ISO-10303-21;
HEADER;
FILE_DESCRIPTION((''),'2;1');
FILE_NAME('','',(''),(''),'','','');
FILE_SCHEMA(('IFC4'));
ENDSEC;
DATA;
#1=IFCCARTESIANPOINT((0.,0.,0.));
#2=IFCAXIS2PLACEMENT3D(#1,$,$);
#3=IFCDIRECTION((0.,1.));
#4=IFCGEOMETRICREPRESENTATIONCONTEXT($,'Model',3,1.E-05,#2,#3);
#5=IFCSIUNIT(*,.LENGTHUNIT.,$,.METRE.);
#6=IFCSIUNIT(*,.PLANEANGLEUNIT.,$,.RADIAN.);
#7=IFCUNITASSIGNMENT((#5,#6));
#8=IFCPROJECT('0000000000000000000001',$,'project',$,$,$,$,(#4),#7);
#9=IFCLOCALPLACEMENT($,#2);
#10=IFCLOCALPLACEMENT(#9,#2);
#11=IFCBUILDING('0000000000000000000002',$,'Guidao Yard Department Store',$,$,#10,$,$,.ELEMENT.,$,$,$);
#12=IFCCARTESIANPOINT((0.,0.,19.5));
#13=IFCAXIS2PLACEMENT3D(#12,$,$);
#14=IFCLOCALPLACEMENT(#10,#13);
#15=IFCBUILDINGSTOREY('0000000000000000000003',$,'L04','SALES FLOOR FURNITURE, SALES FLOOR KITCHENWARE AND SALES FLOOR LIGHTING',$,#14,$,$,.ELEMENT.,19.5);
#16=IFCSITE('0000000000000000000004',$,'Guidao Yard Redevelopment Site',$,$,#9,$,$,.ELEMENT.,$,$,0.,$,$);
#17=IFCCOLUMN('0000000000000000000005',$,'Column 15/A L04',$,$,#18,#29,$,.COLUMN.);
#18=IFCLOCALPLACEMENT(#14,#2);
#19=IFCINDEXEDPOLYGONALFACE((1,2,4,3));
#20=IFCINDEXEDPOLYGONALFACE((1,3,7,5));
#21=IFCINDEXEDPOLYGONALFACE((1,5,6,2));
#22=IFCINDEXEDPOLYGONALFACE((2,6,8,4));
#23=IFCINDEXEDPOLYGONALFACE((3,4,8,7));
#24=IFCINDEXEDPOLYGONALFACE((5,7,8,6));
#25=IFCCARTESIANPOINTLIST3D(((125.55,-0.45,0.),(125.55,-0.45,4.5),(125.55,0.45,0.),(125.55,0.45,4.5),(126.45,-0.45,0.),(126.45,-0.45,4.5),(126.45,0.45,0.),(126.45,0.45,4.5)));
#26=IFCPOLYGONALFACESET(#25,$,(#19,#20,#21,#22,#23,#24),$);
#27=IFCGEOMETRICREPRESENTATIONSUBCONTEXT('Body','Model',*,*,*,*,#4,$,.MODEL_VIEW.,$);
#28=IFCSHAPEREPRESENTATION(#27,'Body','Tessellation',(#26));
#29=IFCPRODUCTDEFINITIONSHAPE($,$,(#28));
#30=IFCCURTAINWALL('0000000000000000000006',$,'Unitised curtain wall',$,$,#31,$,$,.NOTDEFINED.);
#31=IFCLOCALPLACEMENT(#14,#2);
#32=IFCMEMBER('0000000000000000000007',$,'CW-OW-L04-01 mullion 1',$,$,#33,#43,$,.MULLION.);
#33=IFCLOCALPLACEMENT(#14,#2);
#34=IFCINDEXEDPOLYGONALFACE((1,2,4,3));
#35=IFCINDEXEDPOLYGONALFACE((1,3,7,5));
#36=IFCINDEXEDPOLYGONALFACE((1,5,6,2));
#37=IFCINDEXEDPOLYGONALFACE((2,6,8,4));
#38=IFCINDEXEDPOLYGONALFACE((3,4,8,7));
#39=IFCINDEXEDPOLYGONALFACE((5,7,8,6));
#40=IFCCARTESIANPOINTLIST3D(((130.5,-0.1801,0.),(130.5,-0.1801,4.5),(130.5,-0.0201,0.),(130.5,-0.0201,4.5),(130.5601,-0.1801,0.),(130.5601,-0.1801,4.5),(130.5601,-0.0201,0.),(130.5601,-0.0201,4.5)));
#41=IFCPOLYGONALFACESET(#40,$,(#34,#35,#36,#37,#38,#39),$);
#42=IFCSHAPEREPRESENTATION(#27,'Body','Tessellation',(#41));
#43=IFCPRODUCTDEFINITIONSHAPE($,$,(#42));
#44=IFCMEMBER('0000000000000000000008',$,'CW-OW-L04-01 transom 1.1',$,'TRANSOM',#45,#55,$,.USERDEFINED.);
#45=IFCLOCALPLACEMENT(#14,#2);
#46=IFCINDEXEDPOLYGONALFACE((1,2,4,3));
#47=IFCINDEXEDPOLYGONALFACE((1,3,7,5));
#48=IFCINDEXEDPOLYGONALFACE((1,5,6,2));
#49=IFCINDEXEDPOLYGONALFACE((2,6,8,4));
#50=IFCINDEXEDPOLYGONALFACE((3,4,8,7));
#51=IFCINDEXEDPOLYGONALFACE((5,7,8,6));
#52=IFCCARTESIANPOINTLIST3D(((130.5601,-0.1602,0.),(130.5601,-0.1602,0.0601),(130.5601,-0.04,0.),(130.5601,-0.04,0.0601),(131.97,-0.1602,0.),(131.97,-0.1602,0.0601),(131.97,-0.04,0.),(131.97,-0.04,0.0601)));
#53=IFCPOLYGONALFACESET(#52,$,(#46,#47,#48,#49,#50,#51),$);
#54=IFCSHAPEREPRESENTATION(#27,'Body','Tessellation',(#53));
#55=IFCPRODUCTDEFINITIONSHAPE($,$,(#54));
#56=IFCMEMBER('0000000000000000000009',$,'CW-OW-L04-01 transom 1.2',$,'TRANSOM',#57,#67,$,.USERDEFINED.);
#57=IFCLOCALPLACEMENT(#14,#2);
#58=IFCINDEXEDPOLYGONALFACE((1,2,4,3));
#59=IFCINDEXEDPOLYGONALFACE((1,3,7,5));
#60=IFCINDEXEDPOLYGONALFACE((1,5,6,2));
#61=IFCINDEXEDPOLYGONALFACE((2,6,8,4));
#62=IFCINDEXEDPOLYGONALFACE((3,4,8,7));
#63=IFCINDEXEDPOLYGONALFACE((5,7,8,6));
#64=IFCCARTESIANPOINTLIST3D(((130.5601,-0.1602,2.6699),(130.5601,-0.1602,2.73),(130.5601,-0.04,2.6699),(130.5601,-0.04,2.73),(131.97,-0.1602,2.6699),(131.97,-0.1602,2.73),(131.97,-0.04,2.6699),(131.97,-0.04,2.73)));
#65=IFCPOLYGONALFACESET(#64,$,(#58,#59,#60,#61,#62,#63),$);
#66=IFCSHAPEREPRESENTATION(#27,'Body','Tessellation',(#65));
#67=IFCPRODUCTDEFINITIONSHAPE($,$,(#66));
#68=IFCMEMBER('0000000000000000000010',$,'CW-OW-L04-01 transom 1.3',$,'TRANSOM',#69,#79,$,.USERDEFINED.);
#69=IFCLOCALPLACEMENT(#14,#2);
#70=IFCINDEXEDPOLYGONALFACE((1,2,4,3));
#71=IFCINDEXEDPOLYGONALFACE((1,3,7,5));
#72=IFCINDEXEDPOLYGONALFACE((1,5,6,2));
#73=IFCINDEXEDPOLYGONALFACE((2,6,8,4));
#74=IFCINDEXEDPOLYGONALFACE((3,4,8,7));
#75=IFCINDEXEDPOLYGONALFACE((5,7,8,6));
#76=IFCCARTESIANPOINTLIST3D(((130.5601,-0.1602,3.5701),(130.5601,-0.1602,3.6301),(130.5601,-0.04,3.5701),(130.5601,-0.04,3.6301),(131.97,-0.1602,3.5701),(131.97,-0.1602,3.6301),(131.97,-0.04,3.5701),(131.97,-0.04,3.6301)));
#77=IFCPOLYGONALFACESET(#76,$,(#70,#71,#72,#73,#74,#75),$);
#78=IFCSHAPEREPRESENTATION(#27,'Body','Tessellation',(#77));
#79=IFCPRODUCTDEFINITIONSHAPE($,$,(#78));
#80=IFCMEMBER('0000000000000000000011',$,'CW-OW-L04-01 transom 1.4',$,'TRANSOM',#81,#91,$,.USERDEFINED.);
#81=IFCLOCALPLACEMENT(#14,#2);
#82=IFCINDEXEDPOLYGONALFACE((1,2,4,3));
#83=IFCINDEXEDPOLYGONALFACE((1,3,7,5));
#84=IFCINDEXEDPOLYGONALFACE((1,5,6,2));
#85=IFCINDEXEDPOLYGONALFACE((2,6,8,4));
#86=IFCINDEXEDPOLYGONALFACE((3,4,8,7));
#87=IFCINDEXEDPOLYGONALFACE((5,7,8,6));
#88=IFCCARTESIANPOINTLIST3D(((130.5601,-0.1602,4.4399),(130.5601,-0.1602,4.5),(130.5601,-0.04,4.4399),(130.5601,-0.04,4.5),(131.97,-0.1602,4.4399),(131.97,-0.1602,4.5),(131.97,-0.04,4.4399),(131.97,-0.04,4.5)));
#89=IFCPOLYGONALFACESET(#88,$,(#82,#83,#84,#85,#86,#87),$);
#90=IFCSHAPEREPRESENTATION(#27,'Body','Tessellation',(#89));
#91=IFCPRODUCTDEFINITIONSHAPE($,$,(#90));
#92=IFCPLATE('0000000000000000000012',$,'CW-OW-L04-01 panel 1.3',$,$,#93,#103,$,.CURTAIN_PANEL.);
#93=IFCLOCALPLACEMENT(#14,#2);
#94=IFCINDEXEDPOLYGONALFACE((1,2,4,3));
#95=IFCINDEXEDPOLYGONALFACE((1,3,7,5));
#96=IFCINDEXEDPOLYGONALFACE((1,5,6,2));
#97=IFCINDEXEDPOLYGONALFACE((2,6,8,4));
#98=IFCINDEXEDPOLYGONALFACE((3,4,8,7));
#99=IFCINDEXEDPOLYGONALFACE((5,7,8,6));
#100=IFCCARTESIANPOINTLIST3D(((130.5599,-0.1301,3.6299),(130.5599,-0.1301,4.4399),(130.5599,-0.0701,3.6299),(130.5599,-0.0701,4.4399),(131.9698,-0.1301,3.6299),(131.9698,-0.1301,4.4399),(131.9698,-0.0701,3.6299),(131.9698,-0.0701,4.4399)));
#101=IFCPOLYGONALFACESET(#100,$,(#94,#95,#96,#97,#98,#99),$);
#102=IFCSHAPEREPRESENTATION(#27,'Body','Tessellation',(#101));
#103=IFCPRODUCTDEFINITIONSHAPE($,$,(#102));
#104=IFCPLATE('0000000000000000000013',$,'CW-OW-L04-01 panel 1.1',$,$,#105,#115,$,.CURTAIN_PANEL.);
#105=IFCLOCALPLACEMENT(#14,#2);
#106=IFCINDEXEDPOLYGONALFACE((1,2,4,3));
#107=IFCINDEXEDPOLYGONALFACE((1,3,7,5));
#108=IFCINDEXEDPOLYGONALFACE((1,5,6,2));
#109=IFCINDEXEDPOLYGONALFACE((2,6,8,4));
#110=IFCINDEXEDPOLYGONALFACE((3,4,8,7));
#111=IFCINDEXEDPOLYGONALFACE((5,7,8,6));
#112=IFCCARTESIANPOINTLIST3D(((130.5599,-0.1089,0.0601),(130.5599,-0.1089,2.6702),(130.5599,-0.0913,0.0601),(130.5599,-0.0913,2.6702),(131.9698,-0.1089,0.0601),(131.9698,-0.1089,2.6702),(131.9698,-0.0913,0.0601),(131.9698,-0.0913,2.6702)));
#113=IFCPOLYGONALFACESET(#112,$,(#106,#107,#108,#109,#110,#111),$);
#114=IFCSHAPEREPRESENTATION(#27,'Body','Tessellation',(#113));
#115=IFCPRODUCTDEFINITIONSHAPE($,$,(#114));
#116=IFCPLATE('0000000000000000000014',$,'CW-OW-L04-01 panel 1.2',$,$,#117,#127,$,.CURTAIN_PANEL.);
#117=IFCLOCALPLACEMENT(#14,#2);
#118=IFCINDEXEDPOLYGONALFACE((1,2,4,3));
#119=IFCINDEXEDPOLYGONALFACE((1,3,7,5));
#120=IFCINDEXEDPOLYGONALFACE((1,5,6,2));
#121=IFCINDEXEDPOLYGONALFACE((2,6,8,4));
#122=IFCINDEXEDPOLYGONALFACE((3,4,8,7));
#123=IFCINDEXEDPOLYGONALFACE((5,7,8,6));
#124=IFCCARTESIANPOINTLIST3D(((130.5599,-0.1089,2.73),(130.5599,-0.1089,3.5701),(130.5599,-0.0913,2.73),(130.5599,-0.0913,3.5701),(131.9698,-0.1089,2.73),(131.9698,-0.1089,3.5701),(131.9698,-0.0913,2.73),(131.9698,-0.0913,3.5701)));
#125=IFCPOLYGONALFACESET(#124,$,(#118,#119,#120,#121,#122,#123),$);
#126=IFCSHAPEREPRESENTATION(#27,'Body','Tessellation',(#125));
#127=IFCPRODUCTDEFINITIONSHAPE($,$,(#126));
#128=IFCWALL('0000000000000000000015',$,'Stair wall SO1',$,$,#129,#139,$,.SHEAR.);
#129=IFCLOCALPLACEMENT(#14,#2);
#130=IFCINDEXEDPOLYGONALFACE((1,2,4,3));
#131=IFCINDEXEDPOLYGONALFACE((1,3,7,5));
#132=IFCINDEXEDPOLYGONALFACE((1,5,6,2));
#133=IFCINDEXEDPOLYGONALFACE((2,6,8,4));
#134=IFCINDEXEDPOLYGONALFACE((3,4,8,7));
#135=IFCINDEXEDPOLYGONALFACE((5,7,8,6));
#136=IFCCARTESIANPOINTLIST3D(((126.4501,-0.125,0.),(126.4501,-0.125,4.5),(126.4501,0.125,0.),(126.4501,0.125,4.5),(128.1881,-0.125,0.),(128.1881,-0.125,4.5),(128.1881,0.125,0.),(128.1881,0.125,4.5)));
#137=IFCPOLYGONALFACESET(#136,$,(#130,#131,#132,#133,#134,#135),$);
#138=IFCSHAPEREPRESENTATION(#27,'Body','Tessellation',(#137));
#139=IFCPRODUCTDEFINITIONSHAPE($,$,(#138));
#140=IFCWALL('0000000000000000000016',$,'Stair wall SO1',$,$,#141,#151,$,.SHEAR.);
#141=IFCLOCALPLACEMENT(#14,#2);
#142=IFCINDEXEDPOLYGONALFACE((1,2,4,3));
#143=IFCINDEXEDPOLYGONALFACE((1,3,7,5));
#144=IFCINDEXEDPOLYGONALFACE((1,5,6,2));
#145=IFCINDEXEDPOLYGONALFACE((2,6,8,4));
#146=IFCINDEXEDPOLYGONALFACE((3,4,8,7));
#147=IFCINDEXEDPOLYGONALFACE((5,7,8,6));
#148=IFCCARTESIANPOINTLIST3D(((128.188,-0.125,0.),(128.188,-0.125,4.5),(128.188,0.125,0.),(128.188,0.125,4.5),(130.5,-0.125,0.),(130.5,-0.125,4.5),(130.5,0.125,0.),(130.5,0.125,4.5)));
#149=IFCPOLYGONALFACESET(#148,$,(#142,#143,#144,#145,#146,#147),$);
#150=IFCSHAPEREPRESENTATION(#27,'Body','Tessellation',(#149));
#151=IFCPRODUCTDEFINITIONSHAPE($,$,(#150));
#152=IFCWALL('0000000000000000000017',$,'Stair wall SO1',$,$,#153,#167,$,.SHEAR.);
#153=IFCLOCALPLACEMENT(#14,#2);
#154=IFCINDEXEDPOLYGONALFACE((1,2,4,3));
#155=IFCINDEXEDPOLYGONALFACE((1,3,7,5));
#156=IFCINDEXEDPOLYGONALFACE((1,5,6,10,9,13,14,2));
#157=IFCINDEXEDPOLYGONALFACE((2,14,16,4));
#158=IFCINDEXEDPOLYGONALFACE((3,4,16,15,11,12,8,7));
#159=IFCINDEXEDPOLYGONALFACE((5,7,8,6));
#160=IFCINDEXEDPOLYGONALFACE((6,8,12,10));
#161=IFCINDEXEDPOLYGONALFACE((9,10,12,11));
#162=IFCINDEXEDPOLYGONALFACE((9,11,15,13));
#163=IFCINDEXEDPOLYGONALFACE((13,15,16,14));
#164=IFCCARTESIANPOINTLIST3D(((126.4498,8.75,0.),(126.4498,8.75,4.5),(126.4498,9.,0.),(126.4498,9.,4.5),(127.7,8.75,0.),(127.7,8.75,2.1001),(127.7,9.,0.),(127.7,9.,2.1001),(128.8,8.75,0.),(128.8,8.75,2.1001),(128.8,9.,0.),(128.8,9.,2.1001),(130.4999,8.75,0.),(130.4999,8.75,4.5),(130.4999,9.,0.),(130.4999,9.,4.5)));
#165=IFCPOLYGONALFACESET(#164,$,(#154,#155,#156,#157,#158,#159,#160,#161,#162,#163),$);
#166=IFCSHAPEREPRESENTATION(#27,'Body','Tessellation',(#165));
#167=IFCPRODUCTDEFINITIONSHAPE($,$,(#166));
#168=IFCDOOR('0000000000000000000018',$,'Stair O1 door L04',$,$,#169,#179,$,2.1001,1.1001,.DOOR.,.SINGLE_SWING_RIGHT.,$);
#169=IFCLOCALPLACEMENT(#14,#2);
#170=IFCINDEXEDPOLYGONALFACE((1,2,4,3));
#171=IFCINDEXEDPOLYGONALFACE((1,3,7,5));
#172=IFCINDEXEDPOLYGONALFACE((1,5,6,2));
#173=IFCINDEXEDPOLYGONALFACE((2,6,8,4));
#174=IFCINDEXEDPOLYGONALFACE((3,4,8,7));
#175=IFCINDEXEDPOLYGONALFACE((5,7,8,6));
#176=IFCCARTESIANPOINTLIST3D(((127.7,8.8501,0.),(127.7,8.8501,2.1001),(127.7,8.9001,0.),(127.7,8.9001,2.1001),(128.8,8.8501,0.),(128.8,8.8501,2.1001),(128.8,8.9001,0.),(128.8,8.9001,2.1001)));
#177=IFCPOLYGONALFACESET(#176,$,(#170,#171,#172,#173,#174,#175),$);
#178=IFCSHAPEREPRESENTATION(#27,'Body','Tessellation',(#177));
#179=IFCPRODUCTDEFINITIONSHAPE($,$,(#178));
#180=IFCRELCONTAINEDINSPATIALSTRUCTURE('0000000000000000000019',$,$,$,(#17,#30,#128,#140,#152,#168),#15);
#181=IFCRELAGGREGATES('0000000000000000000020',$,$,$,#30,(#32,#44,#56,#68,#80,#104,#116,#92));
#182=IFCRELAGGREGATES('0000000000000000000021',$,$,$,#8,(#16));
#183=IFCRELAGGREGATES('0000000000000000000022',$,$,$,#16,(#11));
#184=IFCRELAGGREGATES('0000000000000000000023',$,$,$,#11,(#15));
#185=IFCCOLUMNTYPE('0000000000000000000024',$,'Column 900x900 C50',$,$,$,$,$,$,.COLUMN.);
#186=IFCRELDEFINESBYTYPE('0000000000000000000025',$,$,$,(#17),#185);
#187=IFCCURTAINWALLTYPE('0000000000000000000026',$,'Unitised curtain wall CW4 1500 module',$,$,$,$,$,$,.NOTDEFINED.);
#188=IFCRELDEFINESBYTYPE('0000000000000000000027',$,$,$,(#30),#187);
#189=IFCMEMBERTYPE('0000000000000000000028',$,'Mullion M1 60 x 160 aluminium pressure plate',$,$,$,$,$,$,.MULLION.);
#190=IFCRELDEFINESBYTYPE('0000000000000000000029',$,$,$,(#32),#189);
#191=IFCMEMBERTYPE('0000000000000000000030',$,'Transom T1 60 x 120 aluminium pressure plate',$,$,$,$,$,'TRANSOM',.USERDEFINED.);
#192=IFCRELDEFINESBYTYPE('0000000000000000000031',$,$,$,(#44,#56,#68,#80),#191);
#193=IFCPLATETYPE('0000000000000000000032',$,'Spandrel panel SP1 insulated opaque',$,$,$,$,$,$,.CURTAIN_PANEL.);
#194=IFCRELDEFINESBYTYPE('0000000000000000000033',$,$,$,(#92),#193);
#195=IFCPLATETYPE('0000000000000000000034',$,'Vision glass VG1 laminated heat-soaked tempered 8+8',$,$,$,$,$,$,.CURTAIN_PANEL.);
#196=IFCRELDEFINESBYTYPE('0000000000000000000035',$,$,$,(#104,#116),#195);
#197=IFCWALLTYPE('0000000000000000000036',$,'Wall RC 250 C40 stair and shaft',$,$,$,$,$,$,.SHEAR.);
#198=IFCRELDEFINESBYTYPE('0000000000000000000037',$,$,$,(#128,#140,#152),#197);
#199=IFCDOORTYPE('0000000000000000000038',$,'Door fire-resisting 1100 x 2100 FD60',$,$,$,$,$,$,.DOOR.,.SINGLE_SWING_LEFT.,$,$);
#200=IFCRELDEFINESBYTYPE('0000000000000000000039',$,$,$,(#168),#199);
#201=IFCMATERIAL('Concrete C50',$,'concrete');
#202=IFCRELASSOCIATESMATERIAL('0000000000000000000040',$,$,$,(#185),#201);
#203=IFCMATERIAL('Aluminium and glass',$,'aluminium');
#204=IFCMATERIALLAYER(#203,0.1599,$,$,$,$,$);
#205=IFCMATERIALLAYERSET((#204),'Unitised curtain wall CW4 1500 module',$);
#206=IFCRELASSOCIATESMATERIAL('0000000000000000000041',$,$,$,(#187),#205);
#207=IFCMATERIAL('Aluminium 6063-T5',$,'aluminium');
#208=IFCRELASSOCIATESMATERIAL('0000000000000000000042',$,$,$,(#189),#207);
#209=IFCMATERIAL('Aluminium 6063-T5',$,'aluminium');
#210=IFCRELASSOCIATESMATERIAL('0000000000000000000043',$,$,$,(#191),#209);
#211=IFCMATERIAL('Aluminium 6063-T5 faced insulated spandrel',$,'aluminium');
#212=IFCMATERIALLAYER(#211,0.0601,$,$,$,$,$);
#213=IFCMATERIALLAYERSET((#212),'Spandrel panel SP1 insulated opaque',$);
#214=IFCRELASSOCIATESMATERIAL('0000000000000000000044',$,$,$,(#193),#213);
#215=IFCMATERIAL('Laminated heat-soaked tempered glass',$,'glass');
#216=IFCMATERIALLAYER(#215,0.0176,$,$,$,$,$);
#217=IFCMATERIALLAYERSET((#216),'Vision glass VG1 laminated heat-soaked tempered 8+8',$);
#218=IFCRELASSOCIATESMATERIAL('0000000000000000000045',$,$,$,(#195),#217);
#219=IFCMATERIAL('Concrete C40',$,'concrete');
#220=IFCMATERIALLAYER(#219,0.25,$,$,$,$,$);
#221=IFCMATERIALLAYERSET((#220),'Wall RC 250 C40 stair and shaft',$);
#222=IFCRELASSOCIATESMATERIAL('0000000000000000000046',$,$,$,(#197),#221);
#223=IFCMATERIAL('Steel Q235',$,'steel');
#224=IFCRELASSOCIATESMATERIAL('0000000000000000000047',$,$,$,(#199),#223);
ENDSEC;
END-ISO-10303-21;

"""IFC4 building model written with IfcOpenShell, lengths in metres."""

from ifc_helpers import new_model, si_unit, direction, frame, frame_2d, origin, origin_2d, place, context, subcontext, project, spatial, rectangle, extrude, material, layer, layer_set, material_profile, profile_set, type_object, element, fill, aggregate, save


model = new_model("IFC4")

# Units and contexts
model_context = context("Model", 3, precision=1e-05, world=origin(), true_north=direction((0.0, 1.0)))
body_context = subcontext(model_context, "Body", "Model", "MODEL_VIEW")
ifc_project = project(units=[si_unit("LENGTHUNIT", "METRE"), si_unit("PLANEANGLEUNIT", "RADIAN")], contexts=[model_context])

# Site, building, storey
site_placement = place(None, origin())
site = spatial("IfcSite", under=ifc_project, at=site_placement, Name="Guidao Yard Redevelopment Site", CompositionType="ELEMENT", RefElevation=0.0)
building_placement = place(site_placement, origin())
building = spatial("IfcBuilding", under=site, at=building_placement, Name="Guidao Yard Department Store", CompositionType="ELEMENT")
storey_placement = place(building_placement, frame((0.0, 0.0, 19.5)))
storey = spatial("IfcBuildingStorey", under=building, at=storey_placement, Name="L04", Description="SALES FLOOR FURNITURE, SALES FLOOR KITCHENWARE AND SALES FLOOR LIGHTING", CompositionType="ELEMENT", Elevation=19.5)

# Column
ifc_material_1 = material(Name="Concrete C50", Category="concrete")
ifc_material_profile_1 = material_profile(ifc_material_1, rectangle(XDim=0.8999, YDim=0.8999, at=origin_2d()), Name="COL 900x900")
ifc_profile_set_1 = profile_set([ifc_material_profile_1], Name="Concrete C50")
column_type = type_object("IfcColumnType", Name="Column 900x900 C50", PredefinedType="COLUMN", material=ifc_profile_set_1)
column_placement = place(storey_placement, frame((126.0, 0.0, 0.0), z_axis=(0.0, 0.0, 1.0), x_axis=(1.0, 0.0, 0.0)))
element("IfcColumn", 1, at=column_placement, inside=storey, type_object=column_type, Name="Column 15/A L04", PredefinedType="COLUMN", context=body_context, shape_type="SweptSolid", body=[
    extrude(rectangle(XDim=0.8999, YDim=0.8999, at=origin_2d()), origin(), (0.0, 0.0, 1.0), 4.5),
])

# Curtain wall, members, plates
ifc_material_2 = material(Name="Aluminium and glass", Category="aluminium")
ifc_layer_1 = layer(ifc_material_2, 0.1599)
ifc_layer_set_1 = layer_set([ifc_layer_1], Name="Unitised curtain wall CW4 1500 module")
curtain_wall_type = type_object("IfcCurtainWallType", Name="Unitised curtain wall CW4 1500 module", PredefinedType="NOTDEFINED", material=ifc_layer_set_1)
curtain_wall_placement = place(storey_placement, origin())
curtain_wall = element("IfcCurtainWall", 2, at=curtain_wall_placement, inside=storey, type_object=curtain_wall_type, Name="Unitised curtain wall", PredefinedType="NOTDEFINED")
ifc_material_3 = material(Name="Aluminium 6063-T5", Category="aluminium")
ifc_material_profile_2 = material_profile(ifc_material_3, rectangle(XDim=0.0601, YDim=0.1599, at=origin_2d()), Name="Mullion M1 60 x 160 aluminium pressure plate")
ifc_profile_set_2 = profile_set([ifc_material_profile_2], Name="Aluminium 6063-T5")
member_type_1 = type_object("IfcMemberType", Name="Mullion M1 60 x 160 aluminium pressure plate", PredefinedType="MULLION", material=ifc_profile_set_2)
member_1_placement = place(storey_placement, frame((130.53, -0.1001, 0.0), z_axis=(0.0, 0.0, 1.0), x_axis=(-1.0, 0.0, 0.0)))
member_1 = element("IfcMember", 3, at=member_1_placement, type_object=member_type_1, Name="CW-OW-L04-01 mullion 1", PredefinedType="MULLION", context=body_context, shape_type="SweptSolid", body=[
    extrude(rectangle(XDim=0.0601, YDim=0.1599, at=origin_2d()), origin(), (0.0, 0.0, 1.0), 4.5),
])
ifc_material_4 = material(Name="Aluminium 6063-T5", Category="aluminium")
ifc_material_profile_3 = material_profile(ifc_material_4, rectangle(XDim=0.1201, YDim=0.0601, at=origin_2d()), Name="Transom T1 60 x 120 aluminium pressure plate")
ifc_profile_set_3 = profile_set([ifc_material_profile_3], Name="Aluminium 6063-T5")
member_type_2 = type_object("IfcMemberType", Name="Transom T1 60 x 120 aluminium pressure plate", ElementType="TRANSOM", PredefinedType="USERDEFINED", material=ifc_profile_set_3)
member_2_placement = place(storey_placement, frame((131.97, -0.1001, 0.03), z_axis=(-1.0, 0.0, 0.0), x_axis=(0.0, -1.0, 0.0)))
member_2 = element("IfcMember", 4, at=member_2_placement, type_object=member_type_2, Name="CW-OW-L04-01 transom 1.1", ObjectType="TRANSOM", PredefinedType="USERDEFINED", context=body_context, shape_type="SweptSolid", body=[
    extrude(rectangle(XDim=0.1201, YDim=0.0601, at=origin_2d()), origin(), (0.0, 0.0, 1.0), 1.4099),
])
member_3_placement = place(storey_placement, frame((131.97, -0.1001, 2.7), z_axis=(-1.0, 0.0, 0.0), x_axis=(0.0, -1.0, 0.0)))
member_3 = element("IfcMember", 5, at=member_3_placement, type_object=member_type_2, Name="CW-OW-L04-01 transom 1.2", ObjectType="TRANSOM", PredefinedType="USERDEFINED", context=body_context, shape_type="SweptSolid", body=[
    extrude(rectangle(XDim=0.1201, YDim=0.0601, at=origin_2d()), origin(), (0.0, 0.0, 1.0), 1.4099),
])
member_4_placement = place(storey_placement, frame((131.97, -0.1001, 3.6001), z_axis=(-1.0, 0.0, 0.0), x_axis=(0.0, -1.0, 0.0)))
member_4 = element("IfcMember", 6, at=member_4_placement, type_object=member_type_2, Name="CW-OW-L04-01 transom 1.3", ObjectType="TRANSOM", PredefinedType="USERDEFINED", context=body_context, shape_type="SweptSolid", body=[
    extrude(rectangle(XDim=0.1201, YDim=0.0601, at=origin_2d()), origin(), (0.0, 0.0, 1.0), 1.4099),
])
member_5_placement = place(storey_placement, frame((131.97, -0.1001, 4.47), z_axis=(-1.0, 0.0, 0.0), x_axis=(0.0, -1.0, 0.0)))
member_5 = element("IfcMember", 7, at=member_5_placement, type_object=member_type_2, Name="CW-OW-L04-01 transom 1.4", ObjectType="TRANSOM", PredefinedType="USERDEFINED", context=body_context, shape_type="SweptSolid", body=[
    extrude(rectangle(XDim=0.1201, YDim=0.0601, at=origin_2d()), origin(), (0.0, 0.0, 1.0), 1.4099),
])
ifc_material_5 = material(Name="Aluminium 6063-T5 faced insulated spandrel", Category="aluminium")
ifc_layer_2 = layer(ifc_material_5, 0.0601)
ifc_layer_set_2 = layer_set([ifc_layer_2], Name="Spandrel panel SP1 insulated opaque")
plate_type_1 = type_object("IfcPlateType", Name="Spandrel panel SP1 insulated opaque", PredefinedType="CURTAIN_PANEL", material=ifc_layer_set_2)
plate_1_placement = place(storey_placement, frame((131.2649, -0.1001, 3.6299), z_axis=(0.0, 0.0, 1.0), x_axis=(-1.0, 0.0, 0.0)))
plate_1 = element("IfcPlate", 8, at=plate_1_placement, type_object=plate_type_1, Name="CW-OW-L04-01 panel 1.3", PredefinedType="CURTAIN_PANEL", context=body_context, shape_type="SweptSolid", body=[
    extrude(rectangle(XDim=1.4099, YDim=0.0601, at=origin_2d()), origin(), (0.0, 0.0, 1.0), 0.8101),
])
ifc_material_6 = material(Name="Laminated heat-soaked tempered glass", Category="glass")
ifc_layer_3 = layer(ifc_material_6, 0.0176)
ifc_layer_set_3 = layer_set([ifc_layer_3], Name="Vision glass VG1 laminated heat-soaked tempered 8+8")
plate_type_2 = type_object("IfcPlateType", Name="Vision glass VG1 laminated heat-soaked tempered 8+8", PredefinedType="CURTAIN_PANEL", material=ifc_layer_set_3)
plate_2_placement = place(storey_placement, frame((131.2649, -0.1001, 0.0601), z_axis=(0.0, 0.0, 1.0), x_axis=(-1.0, 0.0, 0.0)))
plate_2 = element("IfcPlate", 9, at=plate_2_placement, type_object=plate_type_2, Name="CW-OW-L04-01 panel 1.1", PredefinedType="CURTAIN_PANEL", context=body_context, shape_type="SweptSolid", body=[
    extrude(rectangle(XDim=1.4099, YDim=0.0176, at=origin_2d()), origin(), (0.0, 0.0, 1.0), 2.6101),
])
plate_3_placement = place(storey_placement, frame((131.2649, -0.1001, 2.73), z_axis=(0.0, 0.0, 1.0), x_axis=(-1.0, 0.0, 0.0)))
plate_3 = element("IfcPlate", 10, at=plate_3_placement, type_object=plate_type_2, Name="CW-OW-L04-01 panel 1.2", PredefinedType="CURTAIN_PANEL", context=body_context, shape_type="SweptSolid", body=[
    extrude(rectangle(XDim=1.4099, YDim=0.0176, at=origin_2d()), origin(), (0.0, 0.0, 1.0), 0.8401),
])
aggregate(curtain_wall, [member_1, member_2, member_3, member_4, member_5, plate_2, plate_3, plate_1])

# Walls
ifc_material_7 = material(Name="Concrete C40", Category="concrete")
ifc_layer_4 = layer(ifc_material_7, 0.25)
ifc_layer_set_4 = layer_set([ifc_layer_4], Name="Wall RC 250 C40 stair and shaft")
wall_type = type_object("IfcWallType", Name="Wall RC 250 C40 stair and shaft", PredefinedType="SHEAR", material=ifc_layer_set_4)
wall_1_placement = place(storey_placement, frame((126.45, 0.0, 0.0), z_axis=(0.0, 0.0, 1.0), x_axis=(1.0, 0.0, 0.0)))
element("IfcWall", 11, at=wall_1_placement, inside=storey, type_object=wall_type, Name="Stair wall SO1", PredefinedType="SHEAR", context=body_context, shape_type="SweptSolid", body=[
    extrude(rectangle(XDim=1.738, YDim=0.25, at=frame_2d((0.8691, 0.0))), origin(), (0.0, 0.0, 1.0), 4.5),
])
wall_2_placement = place(storey_placement, frame((128.188, 0.0, 0.0), z_axis=(0.0, 0.0, 1.0), x_axis=(1.0, 0.0, 0.0)))
element("IfcWall", 12, at=wall_2_placement, inside=storey, type_object=wall_type, Name="Stair wall SO1", PredefinedType="SHEAR", context=body_context, shape_type="SweptSolid", body=[
    extrude(rectangle(XDim=2.312, YDim=0.25, at=frame_2d((1.156, 0.0))), origin(), (0.0, 0.0, 1.0), 4.5),
])

# Wall, opening, door
wall_3_placement = place(storey_placement, frame((126.45, 8.875, 0.0), z_axis=(0.0, 0.0, 1.0), x_axis=(1.0, 0.0, 0.0)))
wall_3 = element("IfcWall", 13, at=wall_3_placement, inside=storey, type_object=wall_type, Name="Stair wall SO1", PredefinedType="SHEAR", context=body_context, shape_type="SweptSolid", body=[
    extrude(rectangle(XDim=4.05, YDim=0.25, at=frame_2d((2.0249, 0.0))), origin(), (0.0, 0.0, 1.0), 4.5),
])
opening_placement = place(wall_3_placement, frame((2.3501, 0.0, 0.0), z_axis=(0.0, 0.0, 1.0), x_axis=(-1.0, 0.0, 0.0)))
opening = element("IfcOpeningElement", 14, at=opening_placement, cuts=wall_3, PredefinedType="OPENING", context=body_context, shape_type="SweptSolid", body=[
    extrude(rectangle(XDim=1.1001, YDim=2.1001, at=frame_2d((0.55, 1.05))), frame((0.0, 0.135, 0.0), z_axis=(0.0, -1.0, 0.0), x_axis=(1.0, 0.0, 0.0)), (0.0, 0.0, 1.0), 0.27),
])
ifc_material_8 = material(Name="Steel Q235", Category="steel")
door_type = type_object("IfcDoorType", Name="Door fire-resisting 1100 x 2100 FD60", OperationType="SINGLE_SWING_LEFT", PredefinedType="DOOR", material=ifc_material_8)
door_placement = place(opening_placement, origin())
door = element("IfcDoor", 15, at=door_placement, inside=storey, type_object=door_type, Name="Stair O1 door L04", OperationType="SINGLE_SWING_RIGHT", OverallHeight=2.1001, OverallWidth=1.1001, PredefinedType="DOOR", context=body_context, shape_type="SweptSolid", body=[
    extrude(rectangle(XDim=1.1001, YDim=2.1001, at=frame_2d((0.55, 1.05))), frame((0.0, 0.0249, 0.0), z_axis=(0.0, -1.0, 0.0), x_axis=(1.0, 0.0, 0.0)), (0.0, 0.0, 1.0), 0.05),
])
fill(opening, door)

save(model, "model.ifc")
